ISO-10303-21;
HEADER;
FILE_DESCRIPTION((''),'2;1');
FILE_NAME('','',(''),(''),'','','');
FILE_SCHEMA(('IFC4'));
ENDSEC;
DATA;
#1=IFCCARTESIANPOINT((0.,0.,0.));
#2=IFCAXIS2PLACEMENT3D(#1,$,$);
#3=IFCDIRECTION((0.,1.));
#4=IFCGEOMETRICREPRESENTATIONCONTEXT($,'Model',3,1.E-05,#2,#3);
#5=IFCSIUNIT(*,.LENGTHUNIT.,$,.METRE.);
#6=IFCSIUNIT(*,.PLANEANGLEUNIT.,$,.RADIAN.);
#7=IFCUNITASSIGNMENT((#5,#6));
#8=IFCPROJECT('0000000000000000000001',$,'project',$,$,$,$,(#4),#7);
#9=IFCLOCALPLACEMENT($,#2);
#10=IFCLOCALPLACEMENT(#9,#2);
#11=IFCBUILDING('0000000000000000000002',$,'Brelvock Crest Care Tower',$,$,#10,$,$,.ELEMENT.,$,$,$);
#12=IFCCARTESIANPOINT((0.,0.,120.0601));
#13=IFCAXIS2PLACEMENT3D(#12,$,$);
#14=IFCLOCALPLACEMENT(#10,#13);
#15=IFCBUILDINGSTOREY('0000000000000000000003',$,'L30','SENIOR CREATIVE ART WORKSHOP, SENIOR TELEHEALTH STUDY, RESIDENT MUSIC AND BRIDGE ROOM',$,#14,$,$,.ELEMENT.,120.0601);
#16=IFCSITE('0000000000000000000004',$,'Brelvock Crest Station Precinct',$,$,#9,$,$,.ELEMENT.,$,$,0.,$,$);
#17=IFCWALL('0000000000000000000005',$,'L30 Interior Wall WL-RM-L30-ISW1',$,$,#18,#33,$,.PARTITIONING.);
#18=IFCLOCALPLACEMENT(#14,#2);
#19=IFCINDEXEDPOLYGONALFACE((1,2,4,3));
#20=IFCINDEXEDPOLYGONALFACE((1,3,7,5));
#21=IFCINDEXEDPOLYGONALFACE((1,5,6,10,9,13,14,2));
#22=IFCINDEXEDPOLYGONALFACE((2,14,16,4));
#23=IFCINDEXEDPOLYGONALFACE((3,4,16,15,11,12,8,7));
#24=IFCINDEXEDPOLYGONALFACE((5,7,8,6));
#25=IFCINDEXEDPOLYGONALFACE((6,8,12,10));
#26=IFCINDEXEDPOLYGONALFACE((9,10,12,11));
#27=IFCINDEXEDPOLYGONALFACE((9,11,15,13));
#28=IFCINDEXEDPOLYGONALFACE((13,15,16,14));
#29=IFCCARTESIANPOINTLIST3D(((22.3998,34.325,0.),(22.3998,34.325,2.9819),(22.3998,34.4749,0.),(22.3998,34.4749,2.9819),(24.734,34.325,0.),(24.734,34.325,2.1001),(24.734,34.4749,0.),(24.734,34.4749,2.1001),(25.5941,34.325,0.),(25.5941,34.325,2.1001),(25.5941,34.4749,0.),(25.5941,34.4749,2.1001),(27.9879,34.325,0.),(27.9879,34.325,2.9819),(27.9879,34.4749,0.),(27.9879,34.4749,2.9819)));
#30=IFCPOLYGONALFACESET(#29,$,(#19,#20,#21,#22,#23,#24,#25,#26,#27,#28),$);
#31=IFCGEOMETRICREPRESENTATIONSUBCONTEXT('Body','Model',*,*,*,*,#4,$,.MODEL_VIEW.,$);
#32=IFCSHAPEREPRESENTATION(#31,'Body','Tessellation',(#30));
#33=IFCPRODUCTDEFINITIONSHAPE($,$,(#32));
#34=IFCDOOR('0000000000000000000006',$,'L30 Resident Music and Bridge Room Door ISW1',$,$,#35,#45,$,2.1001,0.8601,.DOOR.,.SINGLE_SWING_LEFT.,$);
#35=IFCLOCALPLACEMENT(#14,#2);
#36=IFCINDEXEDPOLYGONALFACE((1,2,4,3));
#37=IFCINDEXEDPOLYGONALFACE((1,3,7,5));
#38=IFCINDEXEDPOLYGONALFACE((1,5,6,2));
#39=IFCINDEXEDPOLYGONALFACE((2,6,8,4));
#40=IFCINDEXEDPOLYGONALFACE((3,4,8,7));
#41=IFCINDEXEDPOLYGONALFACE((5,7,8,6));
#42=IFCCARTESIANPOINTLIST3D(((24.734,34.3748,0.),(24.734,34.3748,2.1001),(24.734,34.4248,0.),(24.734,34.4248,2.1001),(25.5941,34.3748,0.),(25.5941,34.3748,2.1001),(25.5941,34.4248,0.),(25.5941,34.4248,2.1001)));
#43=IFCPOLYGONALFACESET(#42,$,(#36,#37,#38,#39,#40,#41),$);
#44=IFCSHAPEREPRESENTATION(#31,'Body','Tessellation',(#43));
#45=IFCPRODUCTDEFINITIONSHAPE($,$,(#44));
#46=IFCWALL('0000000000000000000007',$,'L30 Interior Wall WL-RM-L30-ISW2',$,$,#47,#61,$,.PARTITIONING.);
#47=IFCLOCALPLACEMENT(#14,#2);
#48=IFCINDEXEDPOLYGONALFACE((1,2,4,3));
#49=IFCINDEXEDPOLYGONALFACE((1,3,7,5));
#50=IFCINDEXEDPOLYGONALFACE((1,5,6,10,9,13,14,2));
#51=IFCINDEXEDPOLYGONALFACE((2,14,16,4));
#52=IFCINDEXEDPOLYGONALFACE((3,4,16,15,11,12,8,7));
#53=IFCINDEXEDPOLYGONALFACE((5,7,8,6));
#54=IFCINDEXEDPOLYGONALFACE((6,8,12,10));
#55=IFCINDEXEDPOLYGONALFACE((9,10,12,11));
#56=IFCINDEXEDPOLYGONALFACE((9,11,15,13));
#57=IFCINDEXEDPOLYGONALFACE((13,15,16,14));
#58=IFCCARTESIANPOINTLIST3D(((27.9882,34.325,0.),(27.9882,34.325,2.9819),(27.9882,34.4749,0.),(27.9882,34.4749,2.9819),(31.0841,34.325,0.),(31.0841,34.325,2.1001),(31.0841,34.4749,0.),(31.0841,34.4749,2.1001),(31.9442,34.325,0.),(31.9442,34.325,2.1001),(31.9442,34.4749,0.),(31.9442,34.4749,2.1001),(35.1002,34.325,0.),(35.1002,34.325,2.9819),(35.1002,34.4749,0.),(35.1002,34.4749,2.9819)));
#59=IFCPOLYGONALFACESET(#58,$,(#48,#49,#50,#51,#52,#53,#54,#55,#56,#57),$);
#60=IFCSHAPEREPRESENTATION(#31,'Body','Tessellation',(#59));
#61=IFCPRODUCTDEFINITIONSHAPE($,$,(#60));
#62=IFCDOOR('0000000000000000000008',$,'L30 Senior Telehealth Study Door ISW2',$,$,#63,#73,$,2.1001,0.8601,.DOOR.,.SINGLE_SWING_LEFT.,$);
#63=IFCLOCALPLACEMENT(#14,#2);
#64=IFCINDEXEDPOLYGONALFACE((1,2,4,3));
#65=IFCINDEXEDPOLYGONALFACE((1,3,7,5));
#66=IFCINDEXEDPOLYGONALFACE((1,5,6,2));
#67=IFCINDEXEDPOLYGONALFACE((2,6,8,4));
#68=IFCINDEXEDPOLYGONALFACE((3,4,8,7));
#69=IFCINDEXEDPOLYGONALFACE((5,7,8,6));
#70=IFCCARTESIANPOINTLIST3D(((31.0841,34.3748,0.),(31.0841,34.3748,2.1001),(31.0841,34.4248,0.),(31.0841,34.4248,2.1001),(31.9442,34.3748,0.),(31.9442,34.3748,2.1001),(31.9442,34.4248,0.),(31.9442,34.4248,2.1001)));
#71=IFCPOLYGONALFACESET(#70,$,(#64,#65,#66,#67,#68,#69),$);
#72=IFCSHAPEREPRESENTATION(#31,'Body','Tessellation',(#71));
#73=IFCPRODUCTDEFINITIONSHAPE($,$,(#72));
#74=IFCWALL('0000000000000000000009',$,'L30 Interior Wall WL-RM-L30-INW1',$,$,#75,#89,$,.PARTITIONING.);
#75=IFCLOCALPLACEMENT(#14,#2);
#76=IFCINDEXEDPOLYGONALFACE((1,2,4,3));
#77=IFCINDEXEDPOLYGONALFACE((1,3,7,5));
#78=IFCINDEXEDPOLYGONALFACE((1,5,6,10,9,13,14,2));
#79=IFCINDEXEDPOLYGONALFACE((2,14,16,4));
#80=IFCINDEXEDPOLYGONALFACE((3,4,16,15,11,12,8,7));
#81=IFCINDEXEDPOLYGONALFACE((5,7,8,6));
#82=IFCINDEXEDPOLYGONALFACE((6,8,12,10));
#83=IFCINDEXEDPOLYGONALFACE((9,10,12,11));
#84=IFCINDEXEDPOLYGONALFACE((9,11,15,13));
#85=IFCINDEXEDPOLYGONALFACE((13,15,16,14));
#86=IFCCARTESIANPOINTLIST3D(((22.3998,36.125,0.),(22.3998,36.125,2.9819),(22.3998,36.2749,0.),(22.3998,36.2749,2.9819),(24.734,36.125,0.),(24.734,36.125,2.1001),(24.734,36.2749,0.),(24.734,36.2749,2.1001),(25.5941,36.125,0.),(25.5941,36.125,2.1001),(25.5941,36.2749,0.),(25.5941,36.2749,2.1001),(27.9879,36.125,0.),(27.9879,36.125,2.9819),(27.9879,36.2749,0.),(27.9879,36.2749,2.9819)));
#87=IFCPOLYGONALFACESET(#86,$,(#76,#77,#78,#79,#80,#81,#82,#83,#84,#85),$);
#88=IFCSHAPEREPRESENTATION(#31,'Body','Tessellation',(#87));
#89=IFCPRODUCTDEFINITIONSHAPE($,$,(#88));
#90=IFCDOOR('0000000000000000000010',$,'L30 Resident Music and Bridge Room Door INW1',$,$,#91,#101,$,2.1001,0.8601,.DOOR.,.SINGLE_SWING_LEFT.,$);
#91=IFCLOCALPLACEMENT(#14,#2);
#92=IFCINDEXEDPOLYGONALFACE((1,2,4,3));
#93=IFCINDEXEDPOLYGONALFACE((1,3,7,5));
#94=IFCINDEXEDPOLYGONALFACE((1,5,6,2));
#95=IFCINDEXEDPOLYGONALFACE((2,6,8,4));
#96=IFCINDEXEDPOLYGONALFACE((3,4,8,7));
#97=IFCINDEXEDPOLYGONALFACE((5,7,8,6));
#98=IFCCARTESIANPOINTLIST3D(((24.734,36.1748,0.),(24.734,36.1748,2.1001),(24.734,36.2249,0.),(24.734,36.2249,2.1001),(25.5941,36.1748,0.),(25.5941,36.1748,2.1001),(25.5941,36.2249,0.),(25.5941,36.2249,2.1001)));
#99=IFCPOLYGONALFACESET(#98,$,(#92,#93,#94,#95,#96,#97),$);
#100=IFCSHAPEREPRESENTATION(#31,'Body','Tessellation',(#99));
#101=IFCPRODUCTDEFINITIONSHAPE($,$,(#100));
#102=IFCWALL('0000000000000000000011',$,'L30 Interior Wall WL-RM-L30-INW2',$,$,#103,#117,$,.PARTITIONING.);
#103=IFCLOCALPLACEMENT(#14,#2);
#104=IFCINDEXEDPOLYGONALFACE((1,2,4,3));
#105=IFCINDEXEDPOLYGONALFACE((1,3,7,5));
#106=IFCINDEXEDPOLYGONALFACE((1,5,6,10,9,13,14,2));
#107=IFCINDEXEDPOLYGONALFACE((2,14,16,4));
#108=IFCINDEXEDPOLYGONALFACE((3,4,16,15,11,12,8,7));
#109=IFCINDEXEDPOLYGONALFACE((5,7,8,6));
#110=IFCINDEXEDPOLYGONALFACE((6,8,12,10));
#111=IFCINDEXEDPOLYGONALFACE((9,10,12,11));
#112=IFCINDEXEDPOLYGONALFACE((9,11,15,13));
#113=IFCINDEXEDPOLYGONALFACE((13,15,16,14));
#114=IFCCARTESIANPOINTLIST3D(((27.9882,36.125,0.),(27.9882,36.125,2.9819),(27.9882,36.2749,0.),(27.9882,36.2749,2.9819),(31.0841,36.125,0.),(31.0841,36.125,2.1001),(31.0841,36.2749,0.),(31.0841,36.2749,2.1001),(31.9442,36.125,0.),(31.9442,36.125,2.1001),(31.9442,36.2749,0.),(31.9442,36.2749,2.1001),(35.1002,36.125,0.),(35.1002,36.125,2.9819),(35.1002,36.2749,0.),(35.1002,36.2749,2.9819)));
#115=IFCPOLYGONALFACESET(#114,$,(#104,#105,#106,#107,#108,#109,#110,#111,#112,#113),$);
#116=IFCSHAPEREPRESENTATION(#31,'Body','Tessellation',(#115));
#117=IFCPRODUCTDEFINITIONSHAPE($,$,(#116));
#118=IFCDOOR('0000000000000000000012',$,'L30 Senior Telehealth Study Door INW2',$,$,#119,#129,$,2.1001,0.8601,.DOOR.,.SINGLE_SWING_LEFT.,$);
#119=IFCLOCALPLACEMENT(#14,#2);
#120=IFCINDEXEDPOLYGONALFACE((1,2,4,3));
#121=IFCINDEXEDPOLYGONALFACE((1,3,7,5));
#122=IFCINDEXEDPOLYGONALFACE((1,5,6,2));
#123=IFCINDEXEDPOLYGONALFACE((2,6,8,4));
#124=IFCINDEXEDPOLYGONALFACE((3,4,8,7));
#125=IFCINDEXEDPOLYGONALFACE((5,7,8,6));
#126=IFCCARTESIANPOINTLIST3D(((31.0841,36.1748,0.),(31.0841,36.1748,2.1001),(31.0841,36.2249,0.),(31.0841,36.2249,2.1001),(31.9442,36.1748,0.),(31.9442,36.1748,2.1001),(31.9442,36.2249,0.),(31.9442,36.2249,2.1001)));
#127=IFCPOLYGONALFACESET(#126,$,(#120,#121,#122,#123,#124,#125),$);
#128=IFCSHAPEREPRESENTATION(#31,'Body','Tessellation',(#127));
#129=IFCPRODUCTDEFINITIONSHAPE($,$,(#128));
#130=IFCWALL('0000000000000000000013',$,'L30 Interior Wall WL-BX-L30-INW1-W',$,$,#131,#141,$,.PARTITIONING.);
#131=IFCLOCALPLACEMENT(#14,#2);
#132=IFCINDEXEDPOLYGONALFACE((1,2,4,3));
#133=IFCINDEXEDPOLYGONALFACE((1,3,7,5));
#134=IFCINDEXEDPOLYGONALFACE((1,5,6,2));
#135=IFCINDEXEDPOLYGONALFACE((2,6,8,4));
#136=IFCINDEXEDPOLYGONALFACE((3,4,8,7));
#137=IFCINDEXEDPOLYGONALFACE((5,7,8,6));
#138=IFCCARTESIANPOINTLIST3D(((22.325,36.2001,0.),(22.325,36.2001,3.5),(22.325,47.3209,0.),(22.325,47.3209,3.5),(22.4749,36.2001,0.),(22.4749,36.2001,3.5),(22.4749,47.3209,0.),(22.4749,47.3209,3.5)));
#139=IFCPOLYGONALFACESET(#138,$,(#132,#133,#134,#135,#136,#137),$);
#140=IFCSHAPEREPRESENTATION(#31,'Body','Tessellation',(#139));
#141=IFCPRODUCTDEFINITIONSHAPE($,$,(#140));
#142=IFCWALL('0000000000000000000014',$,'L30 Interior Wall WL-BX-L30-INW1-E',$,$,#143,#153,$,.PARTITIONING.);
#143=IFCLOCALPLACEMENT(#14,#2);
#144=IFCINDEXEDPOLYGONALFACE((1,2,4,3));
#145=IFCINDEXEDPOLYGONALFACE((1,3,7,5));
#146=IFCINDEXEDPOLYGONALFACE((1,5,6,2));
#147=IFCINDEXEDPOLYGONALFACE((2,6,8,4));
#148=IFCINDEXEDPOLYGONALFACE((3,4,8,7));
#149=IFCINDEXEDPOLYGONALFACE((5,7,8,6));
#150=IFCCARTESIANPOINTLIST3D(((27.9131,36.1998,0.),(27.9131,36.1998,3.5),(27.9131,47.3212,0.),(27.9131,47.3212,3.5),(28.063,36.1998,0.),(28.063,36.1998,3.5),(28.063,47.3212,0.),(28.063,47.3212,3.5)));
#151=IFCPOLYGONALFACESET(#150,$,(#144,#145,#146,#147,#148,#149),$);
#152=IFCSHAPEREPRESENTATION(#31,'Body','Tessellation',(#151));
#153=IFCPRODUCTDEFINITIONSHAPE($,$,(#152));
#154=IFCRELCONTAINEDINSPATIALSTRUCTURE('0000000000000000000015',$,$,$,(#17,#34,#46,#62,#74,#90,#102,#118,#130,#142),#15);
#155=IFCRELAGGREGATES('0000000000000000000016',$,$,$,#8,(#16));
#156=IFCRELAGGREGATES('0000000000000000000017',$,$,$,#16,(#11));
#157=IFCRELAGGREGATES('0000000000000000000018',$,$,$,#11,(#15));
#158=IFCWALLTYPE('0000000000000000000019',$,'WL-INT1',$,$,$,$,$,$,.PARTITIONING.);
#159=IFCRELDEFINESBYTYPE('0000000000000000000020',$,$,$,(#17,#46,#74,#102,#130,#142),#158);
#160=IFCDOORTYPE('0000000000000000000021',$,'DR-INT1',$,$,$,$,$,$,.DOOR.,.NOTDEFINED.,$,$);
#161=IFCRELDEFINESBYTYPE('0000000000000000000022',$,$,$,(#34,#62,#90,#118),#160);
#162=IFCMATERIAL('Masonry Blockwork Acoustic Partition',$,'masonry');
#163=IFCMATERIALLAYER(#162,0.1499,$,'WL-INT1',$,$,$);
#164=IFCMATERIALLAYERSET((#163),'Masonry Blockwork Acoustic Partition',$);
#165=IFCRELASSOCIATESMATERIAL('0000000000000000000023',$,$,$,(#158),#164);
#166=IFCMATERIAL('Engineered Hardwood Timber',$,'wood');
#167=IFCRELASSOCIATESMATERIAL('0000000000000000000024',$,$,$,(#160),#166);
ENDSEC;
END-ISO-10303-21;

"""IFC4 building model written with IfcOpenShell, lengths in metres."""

from ifc_helpers import new_model, si_unit, direction, frame, frame_2d, origin, origin_2d, place, context, subcontext, project, spatial, rectangle, extrude, source, transform, mapped, material, layer, layer_set, type_object, element, fill, save


model = new_model("IFC4")

# Units and contexts
model_context = context("Model", 3, precision=1e-05, world=origin(), true_north=direction((0.0, 1.0)))
body_context = subcontext(model_context, "Body", "Model", "MODEL_VIEW")
ifc_project = project(units=[si_unit("LENGTHUNIT", "METRE"), si_unit("PLANEANGLEUNIT", "RADIAN")], contexts=[model_context])

# Site, building, storey
site_placement = place(None, origin())
site = spatial("IfcSite", under=ifc_project, at=site_placement, Name="Brelvock Crest Station Precinct", CompositionType="ELEMENT", RefElevation=0.0)
building_placement = place(site_placement, origin())
building = spatial("IfcBuilding", under=site, at=building_placement, Name="Brelvock Crest Care Tower", CompositionType="ELEMENT")
storey_placement = place(building_placement, frame((0.0, 0.0, 120.0601)))
storey = spatial("IfcBuildingStorey", under=building, at=storey_placement, Name="L30", Description="SENIOR CREATIVE ART WORKSHOP, SENIOR TELEHEALTH STUDY, RESIDENT MUSIC AND BRIDGE ROOM", CompositionType="ELEMENT", Elevation=120.0601)

# Walls, openings, doors
ifc_material_1 = material(Name="Masonry Blockwork Acoustic Partition", Category="masonry")
ifc_layer = layer(ifc_material_1, 0.1499, Name="WL-INT1")
ifc_layer_set = layer_set([ifc_layer], Name="Masonry Blockwork Acoustic Partition")
wall_type = type_object("IfcWallType", Name="WL-INT1", PredefinedType="PARTITIONING", material=ifc_layer_set)
wall_1_placement = place(storey_placement, frame((22.3999, 34.3999, 0.0), z_axis=(0.0, 0.0, 1.0), x_axis=(1.0, 0.0, 0.0)))
wall_1 = element("IfcWall", 1, at=wall_1_placement, inside=storey, type_object=wall_type, Name="L30 Interior Wall WL-RM-L30-ISW1", PredefinedType="PARTITIONING", context=body_context, shape_type="SweptSolid", body=[
    extrude(rectangle(XDim=5.5881, YDim=0.1499, at=frame_2d((2.7939, 0.0))), origin(), (0.0, 0.0, 1.0), 2.9819),
])
opening_1_placement = place(wall_1_placement, frame((2.334, 0.0, 0.0)))
opening_1 = element("IfcOpeningElement", 2, at=opening_1_placement, cuts=wall_1, PredefinedType="OPENING", context=body_context, shape_type="SweptSolid", body=[
    extrude(rectangle(XDim=0.8601, YDim=2.1001, at=origin_2d()), frame((0.4302, 0.085, 1.05), z_axis=(0.0, -1.0, 0.0), x_axis=(1.0, 0.0, 0.0)), (0.0, 0.0, 1.0), 0.1699),
])
ifc_material_2 = material(Name="Engineered Hardwood Timber", Category="wood")
door_type = type_object("IfcDoorType", Name="DR-INT1", OperationType="NOTDEFINED", PredefinedType="DOOR", material=ifc_material_2)
shared_shape_1 = source(origin(), body_context, "Body", "SweptSolid", [
    extrude(rectangle(XDim=0.8601, YDim=2.1001, at=origin_2d()), frame((0.4302, 0.0249, 1.05), z_axis=(0.0, -1.0, 0.0), x_axis=(1.0, 0.0, 0.0)), (0.0, 0.0, 1.0), 0.05),
])
door_1_placement = place(opening_1_placement, origin())
door_1 = element("IfcDoor", 3, at=door_1_placement, inside=storey, type_object=door_type, Name="L30 Resident Music and Bridge Room Door ISW1", OperationType="SINGLE_SWING_LEFT", OverallHeight=2.1001, OverallWidth=0.8601, PredefinedType="DOOR", context=body_context, shape_type="MappedRepresentation", body=[
    mapped(shared_shape_1, transform((0.0, 0.0, 0.0), x_axis=(1.0, 0.0, 0.0), y_axis=(0.0, 1.0, 0.0), z_axis=(0.0, 0.0, 1.0), scale=1.0)),
])
fill(opening_1, door_1)
wall_2_placement = place(storey_placement, frame((27.988, 34.3999, 0.0), z_axis=(0.0, 0.0, 1.0), x_axis=(1.0, 0.0, 0.0)))
wall_2 = element("IfcWall", 4, at=wall_2_placement, inside=storey, type_object=wall_type, Name="L30 Interior Wall WL-RM-L30-ISW2", PredefinedType="PARTITIONING", context=body_context, shape_type="SweptSolid", body=[
    extrude(rectangle(XDim=7.1121, YDim=0.1499, at=frame_2d((3.5562, 0.0))), origin(), (0.0, 0.0, 1.0), 2.9819),
])
opening_2_placement = place(wall_2_placement, frame((3.0959, 0.0, 0.0)))
opening_2 = element("IfcOpeningElement", 5, at=opening_2_placement, cuts=wall_2, PredefinedType="OPENING", context=body_context, shape_type="SweptSolid", body=[
    extrude(rectangle(XDim=0.8601, YDim=2.1001, at=origin_2d()), frame((0.4302, 0.085, 1.05), z_axis=(0.0, -1.0, 0.0), x_axis=(1.0, 0.0, 0.0)), (0.0, 0.0, 1.0), 0.1699),
])
door_2_placement = place(opening_2_placement, origin())
door_2 = element("IfcDoor", 6, at=door_2_placement, inside=storey, type_object=door_type, Name="L30 Senior Telehealth Study Door ISW2", OperationType="SINGLE_SWING_LEFT", OverallHeight=2.1001, OverallWidth=0.8601, PredefinedType="DOOR", context=body_context, shape_type="MappedRepresentation", body=[
    mapped(shared_shape_1, transform((0.0, 0.0, 0.0), x_axis=(1.0, 0.0, 0.0), y_axis=(0.0, 1.0, 0.0), z_axis=(0.0, 0.0, 1.0), scale=1.0)),
])
fill(opening_2, door_2)
wall_3_placement = place(storey_placement, frame((22.3999, 36.2, 0.0), z_axis=(0.0, 0.0, 1.0), x_axis=(1.0, 0.0, 0.0)))
wall_3 = element("IfcWall", 7, at=wall_3_placement, inside=storey, type_object=wall_type, Name="L30 Interior Wall WL-RM-L30-INW1", PredefinedType="PARTITIONING", context=body_context, shape_type="SweptSolid", body=[
    extrude(rectangle(XDim=5.5881, YDim=0.1499, at=frame_2d((2.7939, 0.0))), origin(), (0.0, 0.0, 1.0), 2.9819),
])
opening_3_placement = place(wall_3_placement, frame((2.334, 0.0, 0.0)))
opening_3 = element("IfcOpeningElement", 8, at=opening_3_placement, cuts=wall_3, PredefinedType="OPENING", context=body_context, shape_type="SweptSolid", body=[
    extrude(rectangle(XDim=0.8601, YDim=2.1001, at=origin_2d()), frame((0.4302, 0.085, 1.05), z_axis=(0.0, -1.0, 0.0), x_axis=(1.0, 0.0, 0.0)), (0.0, 0.0, 1.0), 0.1699),
])
door_3_placement = place(opening_3_placement, origin())
door_3 = element("IfcDoor", 9, at=door_3_placement, inside=storey, type_object=door_type, Name="L30 Resident Music and Bridge Room Door INW1", OperationType="SINGLE_SWING_LEFT", OverallHeight=2.1001, OverallWidth=0.8601, PredefinedType="DOOR", context=body_context, shape_type="MappedRepresentation", body=[
    mapped(shared_shape_1, transform((0.0, 0.0, 0.0), x_axis=(1.0, 0.0, 0.0), y_axis=(0.0, 1.0, 0.0), z_axis=(0.0, 0.0, 1.0), scale=1.0)),
])
fill(opening_3, door_3)
wall_4_placement = place(storey_placement, frame((27.988, 36.2, 0.0), z_axis=(0.0, 0.0, 1.0), x_axis=(1.0, 0.0, 0.0)))
wall_4 = element("IfcWall", 10, at=wall_4_placement, inside=storey, type_object=wall_type, Name="L30 Interior Wall WL-RM-L30-INW2", PredefinedType="PARTITIONING", context=body_context, shape_type="SweptSolid", body=[
    extrude(rectangle(XDim=7.1121, YDim=0.1499, at=frame_2d((3.5562, 0.0))), origin(), (0.0, 0.0, 1.0), 2.9819),
])
opening_4_placement = place(wall_4_placement, frame((3.0959, 0.0, 0.0)))
opening_4 = element("IfcOpeningElement", 11, at=opening_4_placement, cuts=wall_4, PredefinedType="OPENING", context=body_context, shape_type="SweptSolid", body=[
    extrude(rectangle(XDim=0.8601, YDim=2.1001, at=origin_2d()), frame((0.4302, 0.085, 1.05), z_axis=(0.0, -1.0, 0.0), x_axis=(1.0, 0.0, 0.0)), (0.0, 0.0, 1.0), 0.1699),
])
door_4_placement = place(opening_4_placement, origin())
door_4 = element("IfcDoor", 12, at=door_4_placement, inside=storey, type_object=door_type, Name="L30 Senior Telehealth Study Door INW2", OperationType="SINGLE_SWING_LEFT", OverallHeight=2.1001, OverallWidth=0.8601, PredefinedType="DOOR", context=body_context, shape_type="MappedRepresentation", body=[
    mapped(shared_shape_1, transform((0.0, 0.0, 0.0), x_axis=(1.0, 0.0, 0.0), y_axis=(0.0, 1.0, 0.0), z_axis=(0.0, 0.0, 1.0), scale=1.0)),
])
fill(opening_4, door_4)

# Walls
wall_5_placement = place(storey_placement, frame((22.3999, 36.2, 0.0), z_axis=(0.0, 0.0, 1.0), x_axis=(0.0, 1.0, 0.0)))
element("IfcWall", 13, at=wall_5_placement, inside=storey, type_object=wall_type, Name="L30 Interior Wall WL-BX-L30-INW1-W", PredefinedType="PARTITIONING", context=body_context, shape_type="SweptSolid", body=[
    extrude(rectangle(XDim=11.1208, YDim=0.1499, at=frame_2d((5.5605, 0.0))), origin(), (0.0, 0.0, 1.0), 3.5),
])
wall_6_placement = place(storey_placement, frame((27.988, 36.2, 0.0), z_axis=(0.0, 0.0, 1.0), x_axis=(0.0, 1.0, 0.0)))
element("IfcWall", 14, at=wall_6_placement, inside=storey, type_object=wall_type, Name="L30 Interior Wall WL-BX-L30-INW1-E", PredefinedType="PARTITIONING", context=body_context, shape_type="SweptSolid", body=[
    extrude(rectangle(XDim=11.1213, YDim=0.1499, at=frame_2d((5.5605, 0.0))), origin(), (0.0, 0.0, 1.0), 3.5),
])

save(model, "model.ifc")
